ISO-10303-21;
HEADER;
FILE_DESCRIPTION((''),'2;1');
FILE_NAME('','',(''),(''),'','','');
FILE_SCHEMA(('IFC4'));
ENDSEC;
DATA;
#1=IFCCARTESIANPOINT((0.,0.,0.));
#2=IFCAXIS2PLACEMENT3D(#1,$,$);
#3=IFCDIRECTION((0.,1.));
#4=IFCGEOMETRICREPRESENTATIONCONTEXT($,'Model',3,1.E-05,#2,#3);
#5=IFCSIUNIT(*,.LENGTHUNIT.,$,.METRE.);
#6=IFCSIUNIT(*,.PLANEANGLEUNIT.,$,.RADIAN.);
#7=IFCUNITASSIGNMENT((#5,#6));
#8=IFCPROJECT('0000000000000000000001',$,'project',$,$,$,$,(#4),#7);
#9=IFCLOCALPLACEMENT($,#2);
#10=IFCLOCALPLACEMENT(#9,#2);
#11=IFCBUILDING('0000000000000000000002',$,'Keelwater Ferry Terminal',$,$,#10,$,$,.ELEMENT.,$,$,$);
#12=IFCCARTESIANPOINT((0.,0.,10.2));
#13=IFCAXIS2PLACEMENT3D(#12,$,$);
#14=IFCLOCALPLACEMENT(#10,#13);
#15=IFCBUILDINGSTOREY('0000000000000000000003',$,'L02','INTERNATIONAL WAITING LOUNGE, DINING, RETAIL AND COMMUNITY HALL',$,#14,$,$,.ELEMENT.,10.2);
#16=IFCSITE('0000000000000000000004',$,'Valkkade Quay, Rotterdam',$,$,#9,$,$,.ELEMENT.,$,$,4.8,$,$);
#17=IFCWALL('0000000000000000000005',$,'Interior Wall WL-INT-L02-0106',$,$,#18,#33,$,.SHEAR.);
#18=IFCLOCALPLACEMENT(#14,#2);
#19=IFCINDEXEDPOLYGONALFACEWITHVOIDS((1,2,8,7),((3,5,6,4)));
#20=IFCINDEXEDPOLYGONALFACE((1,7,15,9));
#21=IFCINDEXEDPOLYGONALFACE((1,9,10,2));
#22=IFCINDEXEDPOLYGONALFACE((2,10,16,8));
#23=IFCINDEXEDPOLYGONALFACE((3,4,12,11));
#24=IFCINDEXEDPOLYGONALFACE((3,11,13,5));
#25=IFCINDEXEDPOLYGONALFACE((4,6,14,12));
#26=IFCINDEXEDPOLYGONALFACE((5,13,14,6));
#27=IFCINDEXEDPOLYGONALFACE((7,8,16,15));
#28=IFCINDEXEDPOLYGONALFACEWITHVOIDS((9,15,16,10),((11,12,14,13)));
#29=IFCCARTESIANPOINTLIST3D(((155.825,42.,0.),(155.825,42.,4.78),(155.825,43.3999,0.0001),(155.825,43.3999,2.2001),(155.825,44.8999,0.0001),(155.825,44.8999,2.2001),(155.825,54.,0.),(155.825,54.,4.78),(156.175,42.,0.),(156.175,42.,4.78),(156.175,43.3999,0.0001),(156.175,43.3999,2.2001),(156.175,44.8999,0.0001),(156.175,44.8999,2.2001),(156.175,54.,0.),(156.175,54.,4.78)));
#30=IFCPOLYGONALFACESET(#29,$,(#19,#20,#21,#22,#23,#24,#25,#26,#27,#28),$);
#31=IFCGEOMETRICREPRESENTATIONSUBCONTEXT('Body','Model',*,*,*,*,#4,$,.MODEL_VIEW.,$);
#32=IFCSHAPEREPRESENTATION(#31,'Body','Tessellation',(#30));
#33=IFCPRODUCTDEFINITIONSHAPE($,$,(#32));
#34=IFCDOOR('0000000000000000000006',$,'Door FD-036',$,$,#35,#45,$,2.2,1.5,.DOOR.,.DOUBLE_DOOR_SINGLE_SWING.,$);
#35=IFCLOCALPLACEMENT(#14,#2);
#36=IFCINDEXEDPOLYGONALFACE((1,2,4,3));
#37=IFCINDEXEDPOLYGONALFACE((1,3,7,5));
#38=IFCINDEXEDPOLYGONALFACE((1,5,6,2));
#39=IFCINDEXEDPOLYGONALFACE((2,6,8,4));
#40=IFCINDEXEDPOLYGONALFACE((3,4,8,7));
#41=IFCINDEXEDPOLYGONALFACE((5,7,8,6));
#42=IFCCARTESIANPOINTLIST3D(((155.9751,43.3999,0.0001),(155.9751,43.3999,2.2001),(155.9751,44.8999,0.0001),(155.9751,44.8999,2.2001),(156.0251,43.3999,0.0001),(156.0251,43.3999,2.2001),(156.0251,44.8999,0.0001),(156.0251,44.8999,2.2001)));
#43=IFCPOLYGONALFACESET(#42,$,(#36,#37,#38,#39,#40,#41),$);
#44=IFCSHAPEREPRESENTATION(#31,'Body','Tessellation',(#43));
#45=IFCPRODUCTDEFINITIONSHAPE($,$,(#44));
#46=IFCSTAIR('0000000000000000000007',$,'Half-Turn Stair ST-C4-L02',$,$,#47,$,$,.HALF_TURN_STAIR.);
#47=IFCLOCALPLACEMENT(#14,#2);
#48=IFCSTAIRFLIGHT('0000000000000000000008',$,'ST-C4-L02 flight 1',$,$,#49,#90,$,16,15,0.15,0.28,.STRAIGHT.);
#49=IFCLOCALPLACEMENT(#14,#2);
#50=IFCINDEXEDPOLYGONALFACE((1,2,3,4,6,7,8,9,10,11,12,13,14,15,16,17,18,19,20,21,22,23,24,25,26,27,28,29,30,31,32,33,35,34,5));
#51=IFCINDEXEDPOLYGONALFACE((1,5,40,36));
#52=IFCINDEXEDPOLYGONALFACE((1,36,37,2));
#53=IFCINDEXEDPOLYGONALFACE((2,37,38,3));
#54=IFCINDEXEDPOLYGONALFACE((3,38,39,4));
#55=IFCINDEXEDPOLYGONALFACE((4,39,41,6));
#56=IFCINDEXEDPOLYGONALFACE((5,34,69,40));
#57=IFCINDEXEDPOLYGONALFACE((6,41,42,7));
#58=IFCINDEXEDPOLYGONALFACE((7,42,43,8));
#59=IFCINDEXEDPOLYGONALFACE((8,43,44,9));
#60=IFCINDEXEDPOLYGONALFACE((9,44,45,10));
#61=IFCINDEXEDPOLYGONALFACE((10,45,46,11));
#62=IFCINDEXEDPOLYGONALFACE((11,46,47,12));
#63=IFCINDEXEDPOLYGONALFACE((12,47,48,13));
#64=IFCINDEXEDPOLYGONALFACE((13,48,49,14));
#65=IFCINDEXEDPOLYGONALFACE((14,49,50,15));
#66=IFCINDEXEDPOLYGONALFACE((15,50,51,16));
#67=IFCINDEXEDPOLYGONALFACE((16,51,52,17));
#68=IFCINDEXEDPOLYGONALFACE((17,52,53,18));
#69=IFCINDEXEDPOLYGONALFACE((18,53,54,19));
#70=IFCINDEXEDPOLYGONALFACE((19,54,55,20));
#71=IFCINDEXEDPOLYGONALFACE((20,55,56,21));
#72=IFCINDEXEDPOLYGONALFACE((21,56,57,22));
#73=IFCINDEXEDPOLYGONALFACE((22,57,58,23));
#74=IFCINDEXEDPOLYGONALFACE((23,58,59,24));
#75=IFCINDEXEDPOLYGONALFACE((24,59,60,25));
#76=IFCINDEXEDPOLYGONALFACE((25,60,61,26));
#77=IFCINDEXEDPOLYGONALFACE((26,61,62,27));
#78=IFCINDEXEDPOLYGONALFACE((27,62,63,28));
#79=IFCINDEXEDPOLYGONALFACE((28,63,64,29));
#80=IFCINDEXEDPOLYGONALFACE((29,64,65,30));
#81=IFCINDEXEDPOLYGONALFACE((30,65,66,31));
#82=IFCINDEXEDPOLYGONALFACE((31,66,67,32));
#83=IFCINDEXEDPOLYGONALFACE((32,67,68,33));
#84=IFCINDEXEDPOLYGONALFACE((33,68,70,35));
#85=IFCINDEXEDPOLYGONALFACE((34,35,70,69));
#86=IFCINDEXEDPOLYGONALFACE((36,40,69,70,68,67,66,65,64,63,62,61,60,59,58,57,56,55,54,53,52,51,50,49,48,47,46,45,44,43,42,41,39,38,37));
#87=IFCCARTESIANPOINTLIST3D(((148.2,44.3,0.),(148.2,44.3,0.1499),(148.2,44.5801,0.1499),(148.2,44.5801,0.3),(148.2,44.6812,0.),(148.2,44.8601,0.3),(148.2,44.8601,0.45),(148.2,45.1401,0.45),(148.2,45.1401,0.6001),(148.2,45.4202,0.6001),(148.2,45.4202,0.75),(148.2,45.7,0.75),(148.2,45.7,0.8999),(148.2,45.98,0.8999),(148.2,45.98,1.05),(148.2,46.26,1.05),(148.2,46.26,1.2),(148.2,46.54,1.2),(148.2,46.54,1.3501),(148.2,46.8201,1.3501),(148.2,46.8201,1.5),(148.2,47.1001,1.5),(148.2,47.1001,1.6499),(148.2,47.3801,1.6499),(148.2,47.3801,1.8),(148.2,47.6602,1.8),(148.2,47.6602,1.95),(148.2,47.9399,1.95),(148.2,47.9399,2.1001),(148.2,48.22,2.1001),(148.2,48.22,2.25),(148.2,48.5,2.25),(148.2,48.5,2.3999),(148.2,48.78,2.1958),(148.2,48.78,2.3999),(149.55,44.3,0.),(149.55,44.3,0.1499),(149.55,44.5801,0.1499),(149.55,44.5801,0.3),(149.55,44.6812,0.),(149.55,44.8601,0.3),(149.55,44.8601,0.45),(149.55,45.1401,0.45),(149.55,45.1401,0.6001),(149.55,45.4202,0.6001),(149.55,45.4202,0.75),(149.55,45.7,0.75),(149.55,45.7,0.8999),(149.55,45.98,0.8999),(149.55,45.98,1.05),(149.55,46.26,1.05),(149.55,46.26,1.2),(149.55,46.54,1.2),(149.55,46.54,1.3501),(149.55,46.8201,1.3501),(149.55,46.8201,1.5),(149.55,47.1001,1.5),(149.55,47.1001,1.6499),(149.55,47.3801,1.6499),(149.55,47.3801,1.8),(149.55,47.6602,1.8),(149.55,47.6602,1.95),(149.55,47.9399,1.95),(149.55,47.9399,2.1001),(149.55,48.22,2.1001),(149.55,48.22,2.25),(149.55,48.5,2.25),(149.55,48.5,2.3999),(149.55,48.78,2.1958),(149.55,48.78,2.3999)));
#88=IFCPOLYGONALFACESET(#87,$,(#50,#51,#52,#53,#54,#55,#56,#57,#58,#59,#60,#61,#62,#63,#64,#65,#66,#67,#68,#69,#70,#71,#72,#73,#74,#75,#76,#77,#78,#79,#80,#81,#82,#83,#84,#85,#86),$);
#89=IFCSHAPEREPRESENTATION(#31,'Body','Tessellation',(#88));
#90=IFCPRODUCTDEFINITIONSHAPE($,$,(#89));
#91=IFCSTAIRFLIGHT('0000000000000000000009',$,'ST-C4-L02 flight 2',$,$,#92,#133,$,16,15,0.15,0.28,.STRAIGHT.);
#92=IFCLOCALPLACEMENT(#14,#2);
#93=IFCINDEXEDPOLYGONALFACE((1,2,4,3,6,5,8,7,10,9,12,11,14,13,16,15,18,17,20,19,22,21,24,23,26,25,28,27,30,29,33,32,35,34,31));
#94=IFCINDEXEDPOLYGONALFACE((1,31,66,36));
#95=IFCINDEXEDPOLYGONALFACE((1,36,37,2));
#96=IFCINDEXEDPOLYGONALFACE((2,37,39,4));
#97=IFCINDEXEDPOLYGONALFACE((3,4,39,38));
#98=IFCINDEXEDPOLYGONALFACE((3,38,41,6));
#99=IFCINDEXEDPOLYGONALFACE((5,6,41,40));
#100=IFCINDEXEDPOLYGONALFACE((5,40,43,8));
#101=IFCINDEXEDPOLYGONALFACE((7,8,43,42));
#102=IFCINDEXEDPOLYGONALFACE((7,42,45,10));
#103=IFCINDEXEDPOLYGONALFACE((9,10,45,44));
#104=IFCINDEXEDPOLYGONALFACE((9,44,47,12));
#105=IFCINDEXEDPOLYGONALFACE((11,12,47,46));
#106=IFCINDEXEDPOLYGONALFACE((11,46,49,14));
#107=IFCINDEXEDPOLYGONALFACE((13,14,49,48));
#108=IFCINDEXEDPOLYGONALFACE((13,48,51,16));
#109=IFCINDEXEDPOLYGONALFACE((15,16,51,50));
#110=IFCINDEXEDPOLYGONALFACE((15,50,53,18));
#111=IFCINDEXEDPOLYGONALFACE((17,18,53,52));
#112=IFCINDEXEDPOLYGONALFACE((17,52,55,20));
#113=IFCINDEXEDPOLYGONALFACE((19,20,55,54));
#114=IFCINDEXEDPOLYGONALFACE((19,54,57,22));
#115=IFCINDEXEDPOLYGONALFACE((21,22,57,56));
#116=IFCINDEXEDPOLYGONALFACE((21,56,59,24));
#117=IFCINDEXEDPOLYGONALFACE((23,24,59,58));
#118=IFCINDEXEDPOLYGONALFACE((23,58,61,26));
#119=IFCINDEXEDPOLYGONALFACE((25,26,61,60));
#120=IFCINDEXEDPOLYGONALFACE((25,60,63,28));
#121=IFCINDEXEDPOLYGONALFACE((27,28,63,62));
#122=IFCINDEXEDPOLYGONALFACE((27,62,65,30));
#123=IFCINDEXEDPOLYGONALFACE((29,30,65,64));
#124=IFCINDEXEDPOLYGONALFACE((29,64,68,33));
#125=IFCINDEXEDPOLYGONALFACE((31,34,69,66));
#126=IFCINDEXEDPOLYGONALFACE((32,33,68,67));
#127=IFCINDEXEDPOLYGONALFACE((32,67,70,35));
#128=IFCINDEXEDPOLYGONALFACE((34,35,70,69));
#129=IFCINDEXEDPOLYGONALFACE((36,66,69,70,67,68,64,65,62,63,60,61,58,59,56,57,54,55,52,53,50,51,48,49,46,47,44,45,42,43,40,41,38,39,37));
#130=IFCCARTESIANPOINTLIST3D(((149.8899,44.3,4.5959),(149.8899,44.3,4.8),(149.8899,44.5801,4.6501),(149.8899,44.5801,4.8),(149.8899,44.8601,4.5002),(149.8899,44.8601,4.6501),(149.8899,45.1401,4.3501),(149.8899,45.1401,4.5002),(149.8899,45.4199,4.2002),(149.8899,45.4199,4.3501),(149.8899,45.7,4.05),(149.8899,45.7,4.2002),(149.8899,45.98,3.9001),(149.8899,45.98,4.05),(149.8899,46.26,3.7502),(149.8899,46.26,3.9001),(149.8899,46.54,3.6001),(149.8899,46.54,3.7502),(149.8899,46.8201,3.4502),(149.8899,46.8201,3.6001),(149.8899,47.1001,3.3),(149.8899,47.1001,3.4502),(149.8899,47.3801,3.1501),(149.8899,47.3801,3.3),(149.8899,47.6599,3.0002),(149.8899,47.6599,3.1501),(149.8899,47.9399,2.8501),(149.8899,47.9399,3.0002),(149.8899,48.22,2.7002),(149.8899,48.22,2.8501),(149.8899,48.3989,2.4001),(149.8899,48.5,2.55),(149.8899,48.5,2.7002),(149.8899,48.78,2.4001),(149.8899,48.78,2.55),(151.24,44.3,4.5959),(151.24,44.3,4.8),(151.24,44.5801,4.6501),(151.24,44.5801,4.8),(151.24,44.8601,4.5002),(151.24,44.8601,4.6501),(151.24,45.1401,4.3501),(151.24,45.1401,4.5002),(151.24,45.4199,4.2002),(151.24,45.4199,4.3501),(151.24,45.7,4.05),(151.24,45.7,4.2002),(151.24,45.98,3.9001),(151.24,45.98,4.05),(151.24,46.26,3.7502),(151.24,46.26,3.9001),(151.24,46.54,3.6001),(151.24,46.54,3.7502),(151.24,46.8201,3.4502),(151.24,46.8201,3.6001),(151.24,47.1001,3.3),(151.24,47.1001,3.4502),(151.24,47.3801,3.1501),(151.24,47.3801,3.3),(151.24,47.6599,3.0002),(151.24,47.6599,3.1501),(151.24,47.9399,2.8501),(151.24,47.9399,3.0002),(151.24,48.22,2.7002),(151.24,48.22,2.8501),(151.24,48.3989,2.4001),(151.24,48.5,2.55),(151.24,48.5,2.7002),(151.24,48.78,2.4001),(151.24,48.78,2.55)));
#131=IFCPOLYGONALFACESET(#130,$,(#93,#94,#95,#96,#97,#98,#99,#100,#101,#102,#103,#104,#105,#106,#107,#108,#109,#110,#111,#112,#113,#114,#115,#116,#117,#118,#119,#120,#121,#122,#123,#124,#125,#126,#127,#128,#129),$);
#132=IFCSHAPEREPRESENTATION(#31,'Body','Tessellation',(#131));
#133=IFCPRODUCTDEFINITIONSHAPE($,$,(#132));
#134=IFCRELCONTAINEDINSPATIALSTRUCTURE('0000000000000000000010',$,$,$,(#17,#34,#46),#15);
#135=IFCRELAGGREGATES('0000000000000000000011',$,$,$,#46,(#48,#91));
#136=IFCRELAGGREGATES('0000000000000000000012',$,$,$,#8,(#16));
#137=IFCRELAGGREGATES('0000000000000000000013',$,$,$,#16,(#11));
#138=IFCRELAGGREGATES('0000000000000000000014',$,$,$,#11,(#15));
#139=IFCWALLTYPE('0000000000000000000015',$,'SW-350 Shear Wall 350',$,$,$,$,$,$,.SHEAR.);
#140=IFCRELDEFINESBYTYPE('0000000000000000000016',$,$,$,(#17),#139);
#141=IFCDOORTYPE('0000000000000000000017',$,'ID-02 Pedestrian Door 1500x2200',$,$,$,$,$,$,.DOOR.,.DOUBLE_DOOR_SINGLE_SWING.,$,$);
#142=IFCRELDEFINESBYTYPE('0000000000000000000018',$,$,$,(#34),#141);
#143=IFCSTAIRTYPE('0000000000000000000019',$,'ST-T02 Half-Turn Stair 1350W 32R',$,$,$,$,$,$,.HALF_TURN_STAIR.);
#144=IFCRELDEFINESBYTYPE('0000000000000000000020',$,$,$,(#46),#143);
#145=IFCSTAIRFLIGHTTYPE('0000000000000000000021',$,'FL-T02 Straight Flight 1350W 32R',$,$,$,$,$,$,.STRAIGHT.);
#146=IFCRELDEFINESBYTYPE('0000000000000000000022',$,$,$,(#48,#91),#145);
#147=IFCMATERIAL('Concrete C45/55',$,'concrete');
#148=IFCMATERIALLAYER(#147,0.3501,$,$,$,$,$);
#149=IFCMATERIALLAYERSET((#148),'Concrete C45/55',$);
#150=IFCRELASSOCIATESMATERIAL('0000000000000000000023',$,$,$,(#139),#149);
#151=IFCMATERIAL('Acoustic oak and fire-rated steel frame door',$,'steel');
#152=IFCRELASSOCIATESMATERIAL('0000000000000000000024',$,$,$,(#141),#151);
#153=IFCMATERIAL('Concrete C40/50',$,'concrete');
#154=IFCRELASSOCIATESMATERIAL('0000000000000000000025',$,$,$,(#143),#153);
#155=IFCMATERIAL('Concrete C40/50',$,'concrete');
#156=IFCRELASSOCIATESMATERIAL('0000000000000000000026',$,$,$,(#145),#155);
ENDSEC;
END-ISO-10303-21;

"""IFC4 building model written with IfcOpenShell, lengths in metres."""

from ifc_helpers import new_model, si_unit, direction, frame, frame_2d, origin, place, context, subcontext, project, spatial, polyline, rectangle, outline, extrude, material, layer, layer_set, type_object, element, fill, aggregate, save


model = new_model("IFC4")

# Units and contexts
model_context = context("Model", 3, precision=1e-05, world=origin(), true_north=direction((0.0, 1.0)))
body_context = subcontext(model_context, "Body", "Model", "MODEL_VIEW")
ifc_project = project(units=[si_unit("LENGTHUNIT", "METRE"), si_unit("PLANEANGLEUNIT", "RADIAN")], contexts=[model_context])

# Site, building, storey
site_placement = place(None, origin())
site = spatial("IfcSite", under=ifc_project, at=site_placement, Name="Valkkade Quay, Rotterdam", CompositionType="ELEMENT", RefElevation=4.8)
building_placement = place(site_placement, origin())
building = spatial("IfcBuilding", under=site, at=building_placement, Name="Keelwater Ferry Terminal", CompositionType="ELEMENT")
storey_placement = place(building_placement, frame((0.0, 0.0, 10.2)))
storey = spatial("IfcBuildingStorey", under=building, at=storey_placement, Name="L02", Description="INTERNATIONAL WAITING LOUNGE, DINING, RETAIL AND COMMUNITY HALL", CompositionType="ELEMENT", Elevation=10.2)

# Shared definitions
ifc_material_1 = material(Name="Concrete C45/55", Category="concrete")
ifc_layer_1 = layer(ifc_material_1, 0.3501)
ifc_layer_set_1 = layer_set([ifc_layer_1], Name="Concrete C45/55")
wall_type_1 = type_object("IfcWallType", Name="SW-350 Shear Wall 350", PredefinedType="SHEAR", material=ifc_layer_set_1)

# Wall, opening, door
wall_1_placement = place(storey_placement, frame((156.0, 42.0, 0.0), z_axis=(0.0, 0.0, 1.0), x_axis=(0.0, 1.0, 0.0)))
wall_1 = element("IfcWall", 1, at=wall_1_placement, inside=storey, type_object=wall_type_1, Name="Interior Wall WL-INT-L02-0106", PredefinedType="SHEAR", context=body_context, shape_type="SweptSolid", body=[
    extrude(rectangle(XDim=12.0, YDim=0.3501, at=frame_2d((6.0, 0.0))), origin(), (0.0, 0.0, 1.0), 4.78),
])
opening_1_placement = place(wall_1_placement, frame((1.3999, 0.0, 0.0)))
opening_1 = element("IfcOpeningElement", 2, at=opening_1_placement, cuts=wall_1, PredefinedType="OPENING", context=body_context, shape_type="SweptSolid", body=[
    extrude(rectangle(XDim=1.5, YDim=2.2, at=frame_2d((0.75, 1.1001))), frame((0.0, 0.1851, 0.0), z_axis=(0.0, -1.0, 0.0), x_axis=(1.0, 0.0, 0.0)), (0.0, 0.0, 1.0), 0.3701),
])
ifc_material_2 = material(Name="Acoustic oak and fire-rated steel frame door", Category="steel")
door_type_1 = type_object("IfcDoorType", Name="ID-02 Pedestrian Door 1500x2200", OperationType="DOUBLE_DOOR_SINGLE_SWING", PredefinedType="DOOR", material=ifc_material_2)
door_1_placement = place(opening_1_placement, origin())
door_1 = element("IfcDoor", 3, at=door_1_placement, inside=storey, type_object=door_type_1, Name="Door FD-036", OperationType="DOUBLE_DOOR_SINGLE_SWING", OverallHeight=2.2, OverallWidth=1.5, PredefinedType="DOOR", context=body_context, shape_type="SweptSolid", body=[
    extrude(rectangle(XDim=1.5, YDim=2.2, at=frame_2d((0.75, 1.1001))), frame((0.0, 0.0249, 0.0), z_axis=(0.0, -1.0, 0.0), x_axis=(1.0, 0.0, 0.0)), (0.0, 0.0, 1.0), 0.05),
])
fill(opening_1, door_1)

# Stair, stair flights
ifc_material_3 = material(Name="Concrete C40/50", Category="concrete")
stair_type = type_object("IfcStairType", Name="ST-T02 Half-Turn Stair 1350W 32R", PredefinedType="HALF_TURN_STAIR", material=ifc_material_3)
stair_placement = place(storey_placement, origin())
stair = element("IfcStair", 4, at=stair_placement, inside=storey, type_object=stair_type, Name="Half-Turn Stair ST-C4-L02", PredefinedType="HALF_TURN_STAIR")
ifc_material_4 = material(Name="Concrete C40/50", Category="concrete")
stair_flight_type = type_object("IfcStairFlightType", Name="FL-T02 Straight Flight 1350W 32R", PredefinedType="STRAIGHT", material=ifc_material_4)
stair_flight_1_placement = place(storey_placement, frame((148.875, 44.3, 0.0), z_axis=(0.0, 0.0, 1.0), x_axis=(0.0, 1.0, 0.0)))
stair_flight_1 = element("IfcStairFlight", 5, at=stair_flight_1_placement, type_object=stair_flight_type, Name="ST-C4-L02 flight 1", NumberOfRisers=16, NumberOfTreads=15, PredefinedType="STRAIGHT", RiserHeight=0.15, TreadLength=0.28, context=body_context, shape_type="SweptSolid", body=[
    extrude(outline(polyline([(0.0, 0.0), (0.0, 0.1499), (0.28, 0.1499), (0.28, 0.3), (0.5601, 0.3), (0.5601, 0.45), (0.8401, 0.45), (0.8401, 0.6001), (1.1201, 0.6001), (1.1201, 0.75), (1.3999, 0.75), (1.3999, 0.8999), (1.6799, 0.8999), (1.6799, 1.05), (1.96, 1.05), (1.96, 1.2), (2.24, 1.2), (2.24, 1.3501), (2.52, 1.3501), (2.52, 1.5), (2.8, 1.5), (2.8, 1.6499), (3.0801, 1.6499), (3.0801, 1.8), (3.3601, 1.8), (3.3601, 1.95), (3.6399, 1.95), (3.6399, 2.1001), (3.9199, 2.1001), (3.9199, 2.25), (4.2, 2.25), (4.2, 2.3999), (4.48, 2.3999), (4.48, 2.1958), (0.3811, 0.0), (0.0, 0.0)])), frame((0.0, 0.675, 0.0), z_axis=(0.0, -1.0, 0.0), x_axis=(1.0, 0.0, 0.0)), (0.0, 0.0, 1.0), 1.3501),
])
stair_flight_2_placement = place(storey_placement, frame((150.5649, 48.78, 2.4001), z_axis=(0.0, 0.0, 1.0), x_axis=(0.0, -1.0, 0.0)))
stair_flight_2 = element("IfcStairFlight", 6, at=stair_flight_2_placement, type_object=stair_flight_type, Name="ST-C4-L02 flight 2", NumberOfRisers=16, NumberOfTreads=15, PredefinedType="STRAIGHT", RiserHeight=0.15, TreadLength=0.28, context=body_context, shape_type="SweptSolid", body=[
    extrude(outline(polyline([(0.0, 0.0), (0.0, 0.1499), (0.28, 0.1499), (0.28, 0.3), (0.5601, 0.3), (0.5601, 0.45), (0.8401, 0.45), (0.8401, 0.6001), (1.1201, 0.6001), (1.1201, 0.75), (1.3999, 0.75), (1.3999, 0.8999), (1.6799, 0.8999), (1.6799, 1.05), (1.96, 1.05), (1.96, 1.2), (2.24, 1.2), (2.24, 1.3501), (2.52, 1.3501), (2.52, 1.5), (2.8, 1.5), (2.8, 1.6499), (3.0801, 1.6499), (3.0801, 1.8), (3.3601, 1.8), (3.3601, 1.95), (3.6399, 1.95), (3.6399, 2.1001), (3.9199, 2.1001), (3.9199, 2.25), (4.2, 2.25), (4.2, 2.3999), (4.48, 2.3999), (4.48, 2.1958), (0.3811, 0.0), (0.0, 0.0)])), frame((0.0, 0.675, 0.0), z_axis=(0.0, -1.0, 0.0), x_axis=(1.0, 0.0, 0.0)), (0.0, 0.0, 1.0), 1.3501),
])
aggregate(stair, [stair_flight_1, stair_flight_2])

save(model, "model.ifc")
